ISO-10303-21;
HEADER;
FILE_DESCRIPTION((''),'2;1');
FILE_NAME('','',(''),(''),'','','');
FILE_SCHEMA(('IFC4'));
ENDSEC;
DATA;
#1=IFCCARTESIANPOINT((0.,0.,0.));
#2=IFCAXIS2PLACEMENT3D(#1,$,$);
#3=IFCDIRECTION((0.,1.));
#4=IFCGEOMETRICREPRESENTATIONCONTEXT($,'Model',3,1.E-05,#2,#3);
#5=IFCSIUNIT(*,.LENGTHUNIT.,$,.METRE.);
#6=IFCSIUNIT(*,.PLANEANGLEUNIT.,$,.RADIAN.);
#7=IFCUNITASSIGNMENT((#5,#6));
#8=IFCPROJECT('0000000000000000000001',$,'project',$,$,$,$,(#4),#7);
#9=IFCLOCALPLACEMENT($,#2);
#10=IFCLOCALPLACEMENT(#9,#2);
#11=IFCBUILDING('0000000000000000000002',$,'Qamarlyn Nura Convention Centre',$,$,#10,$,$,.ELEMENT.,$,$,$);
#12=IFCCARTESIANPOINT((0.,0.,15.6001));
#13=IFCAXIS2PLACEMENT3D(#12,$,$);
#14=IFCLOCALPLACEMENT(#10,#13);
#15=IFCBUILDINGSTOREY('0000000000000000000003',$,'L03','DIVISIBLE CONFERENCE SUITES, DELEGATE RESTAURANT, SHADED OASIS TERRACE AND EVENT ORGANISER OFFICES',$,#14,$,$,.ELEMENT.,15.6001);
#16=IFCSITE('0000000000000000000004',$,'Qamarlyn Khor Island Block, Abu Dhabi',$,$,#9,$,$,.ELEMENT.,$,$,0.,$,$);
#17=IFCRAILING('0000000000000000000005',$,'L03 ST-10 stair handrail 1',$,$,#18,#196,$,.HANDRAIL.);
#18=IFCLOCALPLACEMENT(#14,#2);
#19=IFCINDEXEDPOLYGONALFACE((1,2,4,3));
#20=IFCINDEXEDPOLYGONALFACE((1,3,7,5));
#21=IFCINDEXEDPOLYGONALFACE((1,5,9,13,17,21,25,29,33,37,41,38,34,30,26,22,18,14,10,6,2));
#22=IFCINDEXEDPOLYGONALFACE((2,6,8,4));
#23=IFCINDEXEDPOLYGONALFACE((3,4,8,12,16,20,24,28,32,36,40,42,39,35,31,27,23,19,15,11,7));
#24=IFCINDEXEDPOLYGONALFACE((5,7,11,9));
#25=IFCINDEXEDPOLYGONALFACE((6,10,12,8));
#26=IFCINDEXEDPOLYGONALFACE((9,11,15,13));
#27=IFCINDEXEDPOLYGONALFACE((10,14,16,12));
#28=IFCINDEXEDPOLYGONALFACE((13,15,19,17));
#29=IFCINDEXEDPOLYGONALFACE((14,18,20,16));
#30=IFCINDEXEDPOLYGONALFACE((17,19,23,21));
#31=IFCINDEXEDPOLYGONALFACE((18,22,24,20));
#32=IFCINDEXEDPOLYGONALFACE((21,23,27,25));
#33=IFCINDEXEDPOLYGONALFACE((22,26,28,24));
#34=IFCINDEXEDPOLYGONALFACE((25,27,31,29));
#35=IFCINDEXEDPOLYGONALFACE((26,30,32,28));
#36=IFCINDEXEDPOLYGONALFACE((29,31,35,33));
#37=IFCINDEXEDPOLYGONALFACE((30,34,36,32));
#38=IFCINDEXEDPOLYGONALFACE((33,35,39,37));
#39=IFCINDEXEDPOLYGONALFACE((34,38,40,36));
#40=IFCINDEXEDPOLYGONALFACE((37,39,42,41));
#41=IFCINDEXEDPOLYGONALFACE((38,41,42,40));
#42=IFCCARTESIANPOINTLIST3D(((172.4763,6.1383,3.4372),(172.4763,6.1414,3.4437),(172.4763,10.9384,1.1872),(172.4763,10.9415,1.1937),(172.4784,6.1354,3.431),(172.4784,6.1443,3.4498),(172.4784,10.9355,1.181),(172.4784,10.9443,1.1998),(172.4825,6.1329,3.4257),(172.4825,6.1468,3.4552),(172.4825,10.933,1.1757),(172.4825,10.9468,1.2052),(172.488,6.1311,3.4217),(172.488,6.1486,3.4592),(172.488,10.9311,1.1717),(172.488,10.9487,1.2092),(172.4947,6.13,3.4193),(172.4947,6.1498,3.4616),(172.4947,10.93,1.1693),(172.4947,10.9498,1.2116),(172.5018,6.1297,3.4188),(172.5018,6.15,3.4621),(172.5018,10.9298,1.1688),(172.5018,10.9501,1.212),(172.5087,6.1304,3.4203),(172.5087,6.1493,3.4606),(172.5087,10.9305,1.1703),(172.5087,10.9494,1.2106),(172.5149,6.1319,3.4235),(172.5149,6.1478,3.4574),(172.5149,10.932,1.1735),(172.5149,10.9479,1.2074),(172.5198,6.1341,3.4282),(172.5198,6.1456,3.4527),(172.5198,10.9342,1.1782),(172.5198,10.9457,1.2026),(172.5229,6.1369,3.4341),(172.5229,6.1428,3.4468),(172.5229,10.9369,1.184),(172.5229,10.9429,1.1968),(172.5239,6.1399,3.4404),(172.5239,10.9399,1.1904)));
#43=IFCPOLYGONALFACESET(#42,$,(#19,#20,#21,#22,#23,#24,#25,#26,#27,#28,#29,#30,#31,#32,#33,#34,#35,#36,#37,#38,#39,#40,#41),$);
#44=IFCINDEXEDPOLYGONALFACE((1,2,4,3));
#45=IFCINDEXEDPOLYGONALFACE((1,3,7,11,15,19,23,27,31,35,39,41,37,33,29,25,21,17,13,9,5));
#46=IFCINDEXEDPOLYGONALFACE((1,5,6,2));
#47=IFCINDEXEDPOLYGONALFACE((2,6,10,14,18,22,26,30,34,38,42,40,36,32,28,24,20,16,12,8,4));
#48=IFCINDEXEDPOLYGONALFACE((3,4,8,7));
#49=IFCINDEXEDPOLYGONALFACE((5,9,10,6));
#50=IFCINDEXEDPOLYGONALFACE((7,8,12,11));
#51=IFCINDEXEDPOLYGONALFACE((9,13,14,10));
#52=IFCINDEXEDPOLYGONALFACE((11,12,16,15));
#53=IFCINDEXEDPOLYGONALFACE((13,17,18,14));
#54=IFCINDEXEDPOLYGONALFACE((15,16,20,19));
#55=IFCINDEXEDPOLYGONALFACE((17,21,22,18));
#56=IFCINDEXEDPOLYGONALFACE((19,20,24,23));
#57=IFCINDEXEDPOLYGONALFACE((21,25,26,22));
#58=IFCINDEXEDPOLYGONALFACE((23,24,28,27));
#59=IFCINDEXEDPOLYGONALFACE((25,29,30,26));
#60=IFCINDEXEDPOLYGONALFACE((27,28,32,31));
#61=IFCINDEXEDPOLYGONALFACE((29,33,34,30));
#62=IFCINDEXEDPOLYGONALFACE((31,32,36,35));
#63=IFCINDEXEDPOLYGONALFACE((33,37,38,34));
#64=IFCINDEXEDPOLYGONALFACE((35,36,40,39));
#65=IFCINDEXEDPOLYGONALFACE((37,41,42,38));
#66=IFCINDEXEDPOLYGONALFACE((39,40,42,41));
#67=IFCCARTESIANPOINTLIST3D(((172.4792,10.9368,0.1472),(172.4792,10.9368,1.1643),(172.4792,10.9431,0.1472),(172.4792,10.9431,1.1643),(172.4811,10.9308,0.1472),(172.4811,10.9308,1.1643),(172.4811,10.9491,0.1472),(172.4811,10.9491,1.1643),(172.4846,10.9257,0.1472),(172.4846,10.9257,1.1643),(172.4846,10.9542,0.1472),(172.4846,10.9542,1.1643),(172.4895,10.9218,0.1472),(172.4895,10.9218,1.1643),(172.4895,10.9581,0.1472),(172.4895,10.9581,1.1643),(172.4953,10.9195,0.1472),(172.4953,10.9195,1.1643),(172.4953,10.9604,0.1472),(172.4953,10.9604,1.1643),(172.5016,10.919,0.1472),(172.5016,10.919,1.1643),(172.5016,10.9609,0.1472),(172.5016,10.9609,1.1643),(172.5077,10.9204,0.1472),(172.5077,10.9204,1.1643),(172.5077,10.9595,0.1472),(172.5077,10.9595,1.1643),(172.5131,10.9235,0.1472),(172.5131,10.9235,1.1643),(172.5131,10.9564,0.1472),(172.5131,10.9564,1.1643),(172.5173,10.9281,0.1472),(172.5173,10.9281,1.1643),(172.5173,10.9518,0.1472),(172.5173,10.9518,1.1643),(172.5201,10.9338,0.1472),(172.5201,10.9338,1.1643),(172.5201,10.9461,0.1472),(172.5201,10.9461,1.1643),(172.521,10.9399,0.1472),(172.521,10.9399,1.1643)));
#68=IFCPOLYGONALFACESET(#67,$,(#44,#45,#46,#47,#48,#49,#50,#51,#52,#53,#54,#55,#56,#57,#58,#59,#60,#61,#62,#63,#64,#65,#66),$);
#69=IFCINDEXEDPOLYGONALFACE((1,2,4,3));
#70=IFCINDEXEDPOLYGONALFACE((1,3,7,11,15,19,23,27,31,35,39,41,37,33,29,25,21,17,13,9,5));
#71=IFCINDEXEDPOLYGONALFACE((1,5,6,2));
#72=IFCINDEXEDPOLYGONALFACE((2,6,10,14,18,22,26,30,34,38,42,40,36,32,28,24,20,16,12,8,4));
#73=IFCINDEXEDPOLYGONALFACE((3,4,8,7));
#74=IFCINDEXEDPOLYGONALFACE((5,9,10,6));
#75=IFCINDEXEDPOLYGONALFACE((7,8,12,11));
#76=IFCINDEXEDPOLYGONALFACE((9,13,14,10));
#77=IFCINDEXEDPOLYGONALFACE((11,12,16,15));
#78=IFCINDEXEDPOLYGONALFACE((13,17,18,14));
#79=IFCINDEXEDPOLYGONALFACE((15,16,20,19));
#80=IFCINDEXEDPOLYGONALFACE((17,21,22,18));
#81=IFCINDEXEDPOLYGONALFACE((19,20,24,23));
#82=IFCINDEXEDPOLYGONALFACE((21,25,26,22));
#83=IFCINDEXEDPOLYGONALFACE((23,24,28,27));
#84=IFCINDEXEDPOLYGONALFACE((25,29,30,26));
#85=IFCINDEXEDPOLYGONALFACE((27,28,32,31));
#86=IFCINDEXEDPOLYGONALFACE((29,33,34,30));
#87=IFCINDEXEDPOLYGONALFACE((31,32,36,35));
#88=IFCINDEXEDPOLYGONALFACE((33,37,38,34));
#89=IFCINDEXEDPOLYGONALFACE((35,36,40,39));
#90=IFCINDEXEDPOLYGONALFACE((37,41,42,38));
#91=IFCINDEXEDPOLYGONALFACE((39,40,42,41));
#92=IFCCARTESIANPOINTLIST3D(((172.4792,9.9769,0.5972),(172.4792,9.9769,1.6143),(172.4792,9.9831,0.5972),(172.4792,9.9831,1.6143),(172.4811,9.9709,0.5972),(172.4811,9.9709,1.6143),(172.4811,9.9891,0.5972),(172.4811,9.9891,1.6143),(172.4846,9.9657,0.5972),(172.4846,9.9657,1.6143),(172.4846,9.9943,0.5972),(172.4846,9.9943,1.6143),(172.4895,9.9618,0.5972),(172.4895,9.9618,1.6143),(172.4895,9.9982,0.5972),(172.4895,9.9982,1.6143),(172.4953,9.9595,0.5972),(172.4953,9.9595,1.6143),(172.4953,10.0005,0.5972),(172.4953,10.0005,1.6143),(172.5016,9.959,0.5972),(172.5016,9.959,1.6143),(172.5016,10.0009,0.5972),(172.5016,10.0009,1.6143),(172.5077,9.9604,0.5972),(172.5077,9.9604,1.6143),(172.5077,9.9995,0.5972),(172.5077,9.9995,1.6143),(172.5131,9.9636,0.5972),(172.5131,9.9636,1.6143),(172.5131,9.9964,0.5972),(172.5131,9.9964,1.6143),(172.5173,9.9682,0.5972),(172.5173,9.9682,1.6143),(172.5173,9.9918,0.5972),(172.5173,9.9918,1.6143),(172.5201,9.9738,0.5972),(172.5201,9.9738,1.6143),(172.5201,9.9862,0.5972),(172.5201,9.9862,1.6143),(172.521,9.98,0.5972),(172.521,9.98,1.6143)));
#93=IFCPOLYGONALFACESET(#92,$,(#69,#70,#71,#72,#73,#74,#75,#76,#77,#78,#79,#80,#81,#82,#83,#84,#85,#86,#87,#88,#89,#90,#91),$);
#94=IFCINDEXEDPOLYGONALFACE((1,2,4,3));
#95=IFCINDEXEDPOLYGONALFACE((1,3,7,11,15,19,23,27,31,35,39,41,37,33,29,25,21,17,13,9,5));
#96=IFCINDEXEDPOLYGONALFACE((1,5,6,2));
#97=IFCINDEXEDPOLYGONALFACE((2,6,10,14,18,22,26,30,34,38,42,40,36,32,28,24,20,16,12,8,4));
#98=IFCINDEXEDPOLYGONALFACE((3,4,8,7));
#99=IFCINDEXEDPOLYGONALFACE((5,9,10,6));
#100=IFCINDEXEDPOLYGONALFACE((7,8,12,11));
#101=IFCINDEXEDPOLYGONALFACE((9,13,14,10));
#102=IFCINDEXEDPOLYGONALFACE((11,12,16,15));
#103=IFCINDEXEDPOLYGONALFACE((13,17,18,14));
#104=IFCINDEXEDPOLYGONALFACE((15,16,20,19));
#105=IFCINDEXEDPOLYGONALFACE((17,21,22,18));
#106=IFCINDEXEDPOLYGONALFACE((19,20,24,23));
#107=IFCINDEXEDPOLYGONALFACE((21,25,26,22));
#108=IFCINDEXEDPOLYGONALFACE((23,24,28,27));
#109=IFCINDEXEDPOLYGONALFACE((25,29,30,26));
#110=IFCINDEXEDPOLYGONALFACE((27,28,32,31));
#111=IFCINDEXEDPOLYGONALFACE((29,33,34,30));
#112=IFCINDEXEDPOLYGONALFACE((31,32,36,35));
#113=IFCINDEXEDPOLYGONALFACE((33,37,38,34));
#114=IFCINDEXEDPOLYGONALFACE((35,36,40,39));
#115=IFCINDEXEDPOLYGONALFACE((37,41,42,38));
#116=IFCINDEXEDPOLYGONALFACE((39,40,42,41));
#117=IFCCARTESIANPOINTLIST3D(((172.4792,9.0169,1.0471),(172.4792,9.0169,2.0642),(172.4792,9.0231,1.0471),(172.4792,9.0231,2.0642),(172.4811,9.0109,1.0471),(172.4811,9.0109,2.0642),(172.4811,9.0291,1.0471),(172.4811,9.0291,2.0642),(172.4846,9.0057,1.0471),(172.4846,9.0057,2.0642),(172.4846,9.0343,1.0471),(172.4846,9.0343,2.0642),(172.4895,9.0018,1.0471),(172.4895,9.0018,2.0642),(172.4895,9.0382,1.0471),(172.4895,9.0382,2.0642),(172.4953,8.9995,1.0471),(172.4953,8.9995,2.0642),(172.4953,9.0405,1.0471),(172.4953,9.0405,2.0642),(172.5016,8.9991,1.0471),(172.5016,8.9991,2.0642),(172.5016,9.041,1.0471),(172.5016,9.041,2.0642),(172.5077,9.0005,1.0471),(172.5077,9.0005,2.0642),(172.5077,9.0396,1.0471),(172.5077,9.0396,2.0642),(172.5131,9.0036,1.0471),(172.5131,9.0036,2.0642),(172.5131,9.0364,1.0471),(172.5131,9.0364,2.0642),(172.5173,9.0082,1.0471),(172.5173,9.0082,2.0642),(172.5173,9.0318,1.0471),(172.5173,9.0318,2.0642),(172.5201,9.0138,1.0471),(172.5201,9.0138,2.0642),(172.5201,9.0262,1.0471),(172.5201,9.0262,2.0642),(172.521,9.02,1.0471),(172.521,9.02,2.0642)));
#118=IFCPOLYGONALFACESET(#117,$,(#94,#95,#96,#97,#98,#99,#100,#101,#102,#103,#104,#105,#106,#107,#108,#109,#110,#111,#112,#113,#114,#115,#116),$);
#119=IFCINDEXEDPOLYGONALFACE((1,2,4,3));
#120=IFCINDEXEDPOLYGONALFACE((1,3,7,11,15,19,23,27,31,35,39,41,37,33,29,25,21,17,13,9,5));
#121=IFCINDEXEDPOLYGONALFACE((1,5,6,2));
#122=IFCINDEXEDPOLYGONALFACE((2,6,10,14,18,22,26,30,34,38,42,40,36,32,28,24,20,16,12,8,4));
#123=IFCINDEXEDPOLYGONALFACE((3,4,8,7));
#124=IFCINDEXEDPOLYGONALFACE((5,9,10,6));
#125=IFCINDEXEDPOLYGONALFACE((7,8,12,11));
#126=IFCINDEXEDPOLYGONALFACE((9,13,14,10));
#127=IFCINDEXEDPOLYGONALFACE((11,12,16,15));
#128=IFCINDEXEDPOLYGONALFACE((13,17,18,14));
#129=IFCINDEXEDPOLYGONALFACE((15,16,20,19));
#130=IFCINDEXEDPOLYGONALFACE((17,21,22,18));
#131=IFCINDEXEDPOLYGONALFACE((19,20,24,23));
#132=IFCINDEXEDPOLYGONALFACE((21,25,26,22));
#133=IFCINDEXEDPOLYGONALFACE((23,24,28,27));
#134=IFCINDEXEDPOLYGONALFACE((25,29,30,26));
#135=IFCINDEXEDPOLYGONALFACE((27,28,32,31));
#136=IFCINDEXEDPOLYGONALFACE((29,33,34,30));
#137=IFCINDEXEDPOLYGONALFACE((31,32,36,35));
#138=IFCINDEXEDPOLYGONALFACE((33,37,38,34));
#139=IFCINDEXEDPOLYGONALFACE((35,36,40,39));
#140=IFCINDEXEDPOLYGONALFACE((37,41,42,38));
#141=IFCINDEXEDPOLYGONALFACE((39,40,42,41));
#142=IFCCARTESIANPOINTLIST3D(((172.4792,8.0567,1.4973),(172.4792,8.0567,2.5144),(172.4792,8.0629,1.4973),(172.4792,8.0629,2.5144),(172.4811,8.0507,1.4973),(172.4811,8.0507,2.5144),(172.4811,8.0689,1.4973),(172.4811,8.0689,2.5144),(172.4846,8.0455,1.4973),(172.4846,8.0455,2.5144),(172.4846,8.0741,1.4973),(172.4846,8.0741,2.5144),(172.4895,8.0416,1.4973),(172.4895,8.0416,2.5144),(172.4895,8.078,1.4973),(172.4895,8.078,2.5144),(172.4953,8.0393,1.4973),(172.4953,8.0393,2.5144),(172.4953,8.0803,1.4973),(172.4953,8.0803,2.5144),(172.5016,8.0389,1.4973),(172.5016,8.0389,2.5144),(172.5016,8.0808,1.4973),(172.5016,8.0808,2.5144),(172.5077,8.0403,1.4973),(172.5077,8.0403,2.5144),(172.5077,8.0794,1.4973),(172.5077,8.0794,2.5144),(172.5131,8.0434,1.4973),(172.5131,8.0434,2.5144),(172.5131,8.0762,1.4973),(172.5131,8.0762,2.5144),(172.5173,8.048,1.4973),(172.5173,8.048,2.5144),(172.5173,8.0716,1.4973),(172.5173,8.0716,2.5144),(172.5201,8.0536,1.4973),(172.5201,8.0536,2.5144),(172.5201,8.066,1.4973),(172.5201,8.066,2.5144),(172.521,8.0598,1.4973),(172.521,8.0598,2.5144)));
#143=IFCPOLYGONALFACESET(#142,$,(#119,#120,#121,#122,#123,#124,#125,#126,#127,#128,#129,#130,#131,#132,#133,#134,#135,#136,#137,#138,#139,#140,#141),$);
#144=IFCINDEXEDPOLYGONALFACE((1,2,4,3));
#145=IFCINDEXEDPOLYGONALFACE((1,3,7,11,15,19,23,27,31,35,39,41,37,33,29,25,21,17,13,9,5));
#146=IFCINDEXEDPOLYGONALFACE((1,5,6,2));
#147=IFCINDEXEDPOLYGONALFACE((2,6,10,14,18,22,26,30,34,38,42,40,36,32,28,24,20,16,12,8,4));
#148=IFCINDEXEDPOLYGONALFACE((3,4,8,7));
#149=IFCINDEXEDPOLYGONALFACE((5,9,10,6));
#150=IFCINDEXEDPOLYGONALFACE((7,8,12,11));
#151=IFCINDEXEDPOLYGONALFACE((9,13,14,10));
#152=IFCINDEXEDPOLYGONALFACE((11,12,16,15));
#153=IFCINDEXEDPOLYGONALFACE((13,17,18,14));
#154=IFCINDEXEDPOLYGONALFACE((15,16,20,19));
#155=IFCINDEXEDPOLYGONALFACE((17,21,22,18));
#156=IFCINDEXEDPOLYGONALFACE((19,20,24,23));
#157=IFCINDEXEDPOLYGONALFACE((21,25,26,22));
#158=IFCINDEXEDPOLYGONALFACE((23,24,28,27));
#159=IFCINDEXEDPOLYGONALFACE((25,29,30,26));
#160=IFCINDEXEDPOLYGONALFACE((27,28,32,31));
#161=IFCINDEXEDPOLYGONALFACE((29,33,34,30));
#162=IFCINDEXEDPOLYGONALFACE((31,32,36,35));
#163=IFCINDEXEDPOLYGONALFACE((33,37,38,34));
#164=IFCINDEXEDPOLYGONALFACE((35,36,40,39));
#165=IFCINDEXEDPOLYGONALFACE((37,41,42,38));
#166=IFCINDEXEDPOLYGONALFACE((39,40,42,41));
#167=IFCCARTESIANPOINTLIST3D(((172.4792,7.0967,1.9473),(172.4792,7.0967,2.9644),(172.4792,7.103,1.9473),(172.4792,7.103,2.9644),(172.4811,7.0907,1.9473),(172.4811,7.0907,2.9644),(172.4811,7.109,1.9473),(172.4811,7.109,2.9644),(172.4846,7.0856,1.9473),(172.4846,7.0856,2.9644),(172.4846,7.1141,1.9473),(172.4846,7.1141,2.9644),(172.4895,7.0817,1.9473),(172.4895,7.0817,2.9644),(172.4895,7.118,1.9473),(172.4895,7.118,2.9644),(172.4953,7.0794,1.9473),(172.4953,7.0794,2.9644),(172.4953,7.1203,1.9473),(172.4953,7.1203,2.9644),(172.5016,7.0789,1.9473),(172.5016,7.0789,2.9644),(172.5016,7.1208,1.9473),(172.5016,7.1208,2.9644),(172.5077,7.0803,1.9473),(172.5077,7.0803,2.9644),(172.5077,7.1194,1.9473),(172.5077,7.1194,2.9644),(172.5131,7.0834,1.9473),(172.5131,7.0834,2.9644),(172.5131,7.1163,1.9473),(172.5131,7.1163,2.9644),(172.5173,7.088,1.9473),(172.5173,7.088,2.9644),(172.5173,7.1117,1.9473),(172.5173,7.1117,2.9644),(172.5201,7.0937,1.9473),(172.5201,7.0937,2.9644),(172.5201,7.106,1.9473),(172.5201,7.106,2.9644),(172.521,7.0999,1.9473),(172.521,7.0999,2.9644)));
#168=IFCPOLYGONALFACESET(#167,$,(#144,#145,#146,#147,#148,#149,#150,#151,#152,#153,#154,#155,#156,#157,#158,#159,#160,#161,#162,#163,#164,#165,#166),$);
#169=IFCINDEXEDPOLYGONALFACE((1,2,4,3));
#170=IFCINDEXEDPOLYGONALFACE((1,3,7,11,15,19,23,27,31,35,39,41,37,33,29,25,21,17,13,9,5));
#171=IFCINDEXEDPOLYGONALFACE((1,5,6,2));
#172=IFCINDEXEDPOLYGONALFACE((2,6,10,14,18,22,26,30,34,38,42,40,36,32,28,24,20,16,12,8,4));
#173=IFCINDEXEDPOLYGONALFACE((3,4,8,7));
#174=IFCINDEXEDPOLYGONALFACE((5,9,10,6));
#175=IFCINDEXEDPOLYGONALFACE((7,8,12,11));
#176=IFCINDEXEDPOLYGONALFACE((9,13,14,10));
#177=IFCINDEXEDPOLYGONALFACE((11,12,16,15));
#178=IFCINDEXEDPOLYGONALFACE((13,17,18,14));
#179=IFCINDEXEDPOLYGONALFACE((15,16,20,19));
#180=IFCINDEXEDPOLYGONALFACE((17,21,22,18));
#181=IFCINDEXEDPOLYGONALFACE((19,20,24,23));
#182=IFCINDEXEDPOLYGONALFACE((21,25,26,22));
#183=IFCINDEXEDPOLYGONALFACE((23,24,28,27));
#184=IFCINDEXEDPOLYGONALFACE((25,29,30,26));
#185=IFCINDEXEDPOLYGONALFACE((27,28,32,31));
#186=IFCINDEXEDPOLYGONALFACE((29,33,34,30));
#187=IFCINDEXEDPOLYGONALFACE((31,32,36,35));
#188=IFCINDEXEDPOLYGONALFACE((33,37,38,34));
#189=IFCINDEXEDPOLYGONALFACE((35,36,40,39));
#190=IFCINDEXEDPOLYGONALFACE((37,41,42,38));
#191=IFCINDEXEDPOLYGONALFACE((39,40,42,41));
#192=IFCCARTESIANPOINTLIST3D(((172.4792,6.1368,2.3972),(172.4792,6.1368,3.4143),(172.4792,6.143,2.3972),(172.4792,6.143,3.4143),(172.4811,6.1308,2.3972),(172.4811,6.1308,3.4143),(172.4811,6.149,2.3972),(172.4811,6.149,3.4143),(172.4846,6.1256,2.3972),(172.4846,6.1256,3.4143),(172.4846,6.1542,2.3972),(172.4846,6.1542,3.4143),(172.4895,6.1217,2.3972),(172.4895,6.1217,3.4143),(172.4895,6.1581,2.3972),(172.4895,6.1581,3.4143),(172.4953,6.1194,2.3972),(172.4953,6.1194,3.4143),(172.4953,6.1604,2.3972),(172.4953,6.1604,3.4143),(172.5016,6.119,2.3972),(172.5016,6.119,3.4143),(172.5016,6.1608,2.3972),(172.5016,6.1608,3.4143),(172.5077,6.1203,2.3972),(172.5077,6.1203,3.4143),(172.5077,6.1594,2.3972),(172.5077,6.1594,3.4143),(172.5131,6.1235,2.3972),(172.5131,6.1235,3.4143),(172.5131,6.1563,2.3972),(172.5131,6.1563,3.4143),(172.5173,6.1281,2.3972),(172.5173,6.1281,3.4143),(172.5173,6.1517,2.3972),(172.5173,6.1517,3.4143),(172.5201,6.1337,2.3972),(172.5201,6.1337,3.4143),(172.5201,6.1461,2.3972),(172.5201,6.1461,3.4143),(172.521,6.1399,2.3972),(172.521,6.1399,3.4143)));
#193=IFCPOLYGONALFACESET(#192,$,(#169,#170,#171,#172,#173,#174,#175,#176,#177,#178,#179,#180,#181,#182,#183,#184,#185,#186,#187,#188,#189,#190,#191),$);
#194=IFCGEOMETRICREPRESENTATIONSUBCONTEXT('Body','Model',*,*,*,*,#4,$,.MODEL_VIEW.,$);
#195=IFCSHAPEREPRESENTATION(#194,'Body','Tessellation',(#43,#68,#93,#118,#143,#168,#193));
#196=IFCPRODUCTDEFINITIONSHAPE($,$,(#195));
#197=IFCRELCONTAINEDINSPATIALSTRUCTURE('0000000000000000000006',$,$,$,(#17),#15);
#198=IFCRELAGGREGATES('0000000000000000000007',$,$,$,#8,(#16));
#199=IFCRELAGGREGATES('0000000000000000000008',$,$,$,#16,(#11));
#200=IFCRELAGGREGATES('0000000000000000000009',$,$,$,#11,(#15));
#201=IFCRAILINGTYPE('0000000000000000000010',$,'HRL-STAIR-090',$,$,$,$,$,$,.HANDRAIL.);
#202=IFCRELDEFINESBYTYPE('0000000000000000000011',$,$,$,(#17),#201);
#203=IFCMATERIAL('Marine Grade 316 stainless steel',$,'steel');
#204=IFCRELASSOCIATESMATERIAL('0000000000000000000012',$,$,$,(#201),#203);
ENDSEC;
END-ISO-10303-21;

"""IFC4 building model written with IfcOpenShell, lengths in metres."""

from ifc_helpers import new_model, si_unit, direction, frame, origin, origin_2d, place, context, subcontext, project, spatial, circle, extrude, material, type_object, element, save


model = new_model("IFC4")

# Units and contexts
model_context = context("Model", 3, precision=1e-05, world=origin(), true_north=direction((0.0, 1.0)))
body_context = subcontext(model_context, "Body", "Model", "MODEL_VIEW")
ifc_project = project(units=[si_unit("LENGTHUNIT", "METRE"), si_unit("PLANEANGLEUNIT", "RADIAN")], contexts=[model_context])

# Site, building, storey
site_placement = place(None, origin())
site = spatial("IfcSite", under=ifc_project, at=site_placement, Name="Qamarlyn Khor Island Block, Abu Dhabi", CompositionType="ELEMENT", RefElevation=0.0)
building_placement = place(site_placement, origin())
building = spatial("IfcBuilding", under=site, at=building_placement, Name="Qamarlyn Nura Convention Centre", CompositionType="ELEMENT")
storey_placement = place(building_placement, frame((0.0, 0.0, 15.6001)))
storey = spatial("IfcBuildingStorey", under=building, at=storey_placement, Name="L03", Description="DIVISIBLE CONFERENCE SUITES, DELEGATE RESTAURANT, SHADED OASIS TERRACE AND EVENT ORGANISER OFFICES", CompositionType="ELEMENT", Elevation=15.6001)

# Railing
ifc_material_1 = material(Name="Marine Grade 316 stainless steel", Category="steel")
railing_type_1 = type_object("IfcRailingType", Name="HRL-STAIR-090", PredefinedType="HANDRAIL", material=ifc_material_1)
railing_1_placement = place(storey_placement, frame((172.5, 10.9399, 0.3022)))
element("IfcRailing", 1, at=railing_1_placement, inside=storey, type_object=railing_type_1, Name="L03 ST-10 stair handrail 1", PredefinedType="HANDRAIL", context=body_context, shape_type="SweptSolid", body=[
    extrude(circle(Radius=0.0239, at=origin_2d()), frame((0.0, 0.0, 0.8882), z_axis=(0.0, -0.905461, 0.42443), x_axis=(1.0, 0.0, 0.0)), (0.0, 0.0, 1.0), 5.3013),
    extrude(circle(Radius=0.021, at=origin_2d()), frame((0.0, 0.0, -0.155)), (0.0, 0.0, 1.0), 1.0171),
    extrude(circle(Radius=0.021, at=origin_2d()), frame((0.0, -0.96, 0.2949)), (0.0, 0.0, 1.0), 1.0171),
    extrude(circle(Radius=0.021, at=origin_2d()), frame((0.0, -1.9199, 0.7449)), (0.0, 0.0, 1.0), 1.0171),
    extrude(circle(Radius=0.021, at=origin_2d()), frame((0.0, -2.8801, 1.1951)), (0.0, 0.0, 1.0), 1.0171),
    extrude(circle(Radius=0.021, at=origin_2d()), frame((0.0, -3.8401, 1.645)), (0.0, 0.0, 1.0), 1.0171),
    extrude(circle(Radius=0.021, at=origin_2d()), frame((0.0, -4.8, 2.095)), (0.0, 0.0, 1.0), 1.0171),
])

save(model, "model.ifc")
